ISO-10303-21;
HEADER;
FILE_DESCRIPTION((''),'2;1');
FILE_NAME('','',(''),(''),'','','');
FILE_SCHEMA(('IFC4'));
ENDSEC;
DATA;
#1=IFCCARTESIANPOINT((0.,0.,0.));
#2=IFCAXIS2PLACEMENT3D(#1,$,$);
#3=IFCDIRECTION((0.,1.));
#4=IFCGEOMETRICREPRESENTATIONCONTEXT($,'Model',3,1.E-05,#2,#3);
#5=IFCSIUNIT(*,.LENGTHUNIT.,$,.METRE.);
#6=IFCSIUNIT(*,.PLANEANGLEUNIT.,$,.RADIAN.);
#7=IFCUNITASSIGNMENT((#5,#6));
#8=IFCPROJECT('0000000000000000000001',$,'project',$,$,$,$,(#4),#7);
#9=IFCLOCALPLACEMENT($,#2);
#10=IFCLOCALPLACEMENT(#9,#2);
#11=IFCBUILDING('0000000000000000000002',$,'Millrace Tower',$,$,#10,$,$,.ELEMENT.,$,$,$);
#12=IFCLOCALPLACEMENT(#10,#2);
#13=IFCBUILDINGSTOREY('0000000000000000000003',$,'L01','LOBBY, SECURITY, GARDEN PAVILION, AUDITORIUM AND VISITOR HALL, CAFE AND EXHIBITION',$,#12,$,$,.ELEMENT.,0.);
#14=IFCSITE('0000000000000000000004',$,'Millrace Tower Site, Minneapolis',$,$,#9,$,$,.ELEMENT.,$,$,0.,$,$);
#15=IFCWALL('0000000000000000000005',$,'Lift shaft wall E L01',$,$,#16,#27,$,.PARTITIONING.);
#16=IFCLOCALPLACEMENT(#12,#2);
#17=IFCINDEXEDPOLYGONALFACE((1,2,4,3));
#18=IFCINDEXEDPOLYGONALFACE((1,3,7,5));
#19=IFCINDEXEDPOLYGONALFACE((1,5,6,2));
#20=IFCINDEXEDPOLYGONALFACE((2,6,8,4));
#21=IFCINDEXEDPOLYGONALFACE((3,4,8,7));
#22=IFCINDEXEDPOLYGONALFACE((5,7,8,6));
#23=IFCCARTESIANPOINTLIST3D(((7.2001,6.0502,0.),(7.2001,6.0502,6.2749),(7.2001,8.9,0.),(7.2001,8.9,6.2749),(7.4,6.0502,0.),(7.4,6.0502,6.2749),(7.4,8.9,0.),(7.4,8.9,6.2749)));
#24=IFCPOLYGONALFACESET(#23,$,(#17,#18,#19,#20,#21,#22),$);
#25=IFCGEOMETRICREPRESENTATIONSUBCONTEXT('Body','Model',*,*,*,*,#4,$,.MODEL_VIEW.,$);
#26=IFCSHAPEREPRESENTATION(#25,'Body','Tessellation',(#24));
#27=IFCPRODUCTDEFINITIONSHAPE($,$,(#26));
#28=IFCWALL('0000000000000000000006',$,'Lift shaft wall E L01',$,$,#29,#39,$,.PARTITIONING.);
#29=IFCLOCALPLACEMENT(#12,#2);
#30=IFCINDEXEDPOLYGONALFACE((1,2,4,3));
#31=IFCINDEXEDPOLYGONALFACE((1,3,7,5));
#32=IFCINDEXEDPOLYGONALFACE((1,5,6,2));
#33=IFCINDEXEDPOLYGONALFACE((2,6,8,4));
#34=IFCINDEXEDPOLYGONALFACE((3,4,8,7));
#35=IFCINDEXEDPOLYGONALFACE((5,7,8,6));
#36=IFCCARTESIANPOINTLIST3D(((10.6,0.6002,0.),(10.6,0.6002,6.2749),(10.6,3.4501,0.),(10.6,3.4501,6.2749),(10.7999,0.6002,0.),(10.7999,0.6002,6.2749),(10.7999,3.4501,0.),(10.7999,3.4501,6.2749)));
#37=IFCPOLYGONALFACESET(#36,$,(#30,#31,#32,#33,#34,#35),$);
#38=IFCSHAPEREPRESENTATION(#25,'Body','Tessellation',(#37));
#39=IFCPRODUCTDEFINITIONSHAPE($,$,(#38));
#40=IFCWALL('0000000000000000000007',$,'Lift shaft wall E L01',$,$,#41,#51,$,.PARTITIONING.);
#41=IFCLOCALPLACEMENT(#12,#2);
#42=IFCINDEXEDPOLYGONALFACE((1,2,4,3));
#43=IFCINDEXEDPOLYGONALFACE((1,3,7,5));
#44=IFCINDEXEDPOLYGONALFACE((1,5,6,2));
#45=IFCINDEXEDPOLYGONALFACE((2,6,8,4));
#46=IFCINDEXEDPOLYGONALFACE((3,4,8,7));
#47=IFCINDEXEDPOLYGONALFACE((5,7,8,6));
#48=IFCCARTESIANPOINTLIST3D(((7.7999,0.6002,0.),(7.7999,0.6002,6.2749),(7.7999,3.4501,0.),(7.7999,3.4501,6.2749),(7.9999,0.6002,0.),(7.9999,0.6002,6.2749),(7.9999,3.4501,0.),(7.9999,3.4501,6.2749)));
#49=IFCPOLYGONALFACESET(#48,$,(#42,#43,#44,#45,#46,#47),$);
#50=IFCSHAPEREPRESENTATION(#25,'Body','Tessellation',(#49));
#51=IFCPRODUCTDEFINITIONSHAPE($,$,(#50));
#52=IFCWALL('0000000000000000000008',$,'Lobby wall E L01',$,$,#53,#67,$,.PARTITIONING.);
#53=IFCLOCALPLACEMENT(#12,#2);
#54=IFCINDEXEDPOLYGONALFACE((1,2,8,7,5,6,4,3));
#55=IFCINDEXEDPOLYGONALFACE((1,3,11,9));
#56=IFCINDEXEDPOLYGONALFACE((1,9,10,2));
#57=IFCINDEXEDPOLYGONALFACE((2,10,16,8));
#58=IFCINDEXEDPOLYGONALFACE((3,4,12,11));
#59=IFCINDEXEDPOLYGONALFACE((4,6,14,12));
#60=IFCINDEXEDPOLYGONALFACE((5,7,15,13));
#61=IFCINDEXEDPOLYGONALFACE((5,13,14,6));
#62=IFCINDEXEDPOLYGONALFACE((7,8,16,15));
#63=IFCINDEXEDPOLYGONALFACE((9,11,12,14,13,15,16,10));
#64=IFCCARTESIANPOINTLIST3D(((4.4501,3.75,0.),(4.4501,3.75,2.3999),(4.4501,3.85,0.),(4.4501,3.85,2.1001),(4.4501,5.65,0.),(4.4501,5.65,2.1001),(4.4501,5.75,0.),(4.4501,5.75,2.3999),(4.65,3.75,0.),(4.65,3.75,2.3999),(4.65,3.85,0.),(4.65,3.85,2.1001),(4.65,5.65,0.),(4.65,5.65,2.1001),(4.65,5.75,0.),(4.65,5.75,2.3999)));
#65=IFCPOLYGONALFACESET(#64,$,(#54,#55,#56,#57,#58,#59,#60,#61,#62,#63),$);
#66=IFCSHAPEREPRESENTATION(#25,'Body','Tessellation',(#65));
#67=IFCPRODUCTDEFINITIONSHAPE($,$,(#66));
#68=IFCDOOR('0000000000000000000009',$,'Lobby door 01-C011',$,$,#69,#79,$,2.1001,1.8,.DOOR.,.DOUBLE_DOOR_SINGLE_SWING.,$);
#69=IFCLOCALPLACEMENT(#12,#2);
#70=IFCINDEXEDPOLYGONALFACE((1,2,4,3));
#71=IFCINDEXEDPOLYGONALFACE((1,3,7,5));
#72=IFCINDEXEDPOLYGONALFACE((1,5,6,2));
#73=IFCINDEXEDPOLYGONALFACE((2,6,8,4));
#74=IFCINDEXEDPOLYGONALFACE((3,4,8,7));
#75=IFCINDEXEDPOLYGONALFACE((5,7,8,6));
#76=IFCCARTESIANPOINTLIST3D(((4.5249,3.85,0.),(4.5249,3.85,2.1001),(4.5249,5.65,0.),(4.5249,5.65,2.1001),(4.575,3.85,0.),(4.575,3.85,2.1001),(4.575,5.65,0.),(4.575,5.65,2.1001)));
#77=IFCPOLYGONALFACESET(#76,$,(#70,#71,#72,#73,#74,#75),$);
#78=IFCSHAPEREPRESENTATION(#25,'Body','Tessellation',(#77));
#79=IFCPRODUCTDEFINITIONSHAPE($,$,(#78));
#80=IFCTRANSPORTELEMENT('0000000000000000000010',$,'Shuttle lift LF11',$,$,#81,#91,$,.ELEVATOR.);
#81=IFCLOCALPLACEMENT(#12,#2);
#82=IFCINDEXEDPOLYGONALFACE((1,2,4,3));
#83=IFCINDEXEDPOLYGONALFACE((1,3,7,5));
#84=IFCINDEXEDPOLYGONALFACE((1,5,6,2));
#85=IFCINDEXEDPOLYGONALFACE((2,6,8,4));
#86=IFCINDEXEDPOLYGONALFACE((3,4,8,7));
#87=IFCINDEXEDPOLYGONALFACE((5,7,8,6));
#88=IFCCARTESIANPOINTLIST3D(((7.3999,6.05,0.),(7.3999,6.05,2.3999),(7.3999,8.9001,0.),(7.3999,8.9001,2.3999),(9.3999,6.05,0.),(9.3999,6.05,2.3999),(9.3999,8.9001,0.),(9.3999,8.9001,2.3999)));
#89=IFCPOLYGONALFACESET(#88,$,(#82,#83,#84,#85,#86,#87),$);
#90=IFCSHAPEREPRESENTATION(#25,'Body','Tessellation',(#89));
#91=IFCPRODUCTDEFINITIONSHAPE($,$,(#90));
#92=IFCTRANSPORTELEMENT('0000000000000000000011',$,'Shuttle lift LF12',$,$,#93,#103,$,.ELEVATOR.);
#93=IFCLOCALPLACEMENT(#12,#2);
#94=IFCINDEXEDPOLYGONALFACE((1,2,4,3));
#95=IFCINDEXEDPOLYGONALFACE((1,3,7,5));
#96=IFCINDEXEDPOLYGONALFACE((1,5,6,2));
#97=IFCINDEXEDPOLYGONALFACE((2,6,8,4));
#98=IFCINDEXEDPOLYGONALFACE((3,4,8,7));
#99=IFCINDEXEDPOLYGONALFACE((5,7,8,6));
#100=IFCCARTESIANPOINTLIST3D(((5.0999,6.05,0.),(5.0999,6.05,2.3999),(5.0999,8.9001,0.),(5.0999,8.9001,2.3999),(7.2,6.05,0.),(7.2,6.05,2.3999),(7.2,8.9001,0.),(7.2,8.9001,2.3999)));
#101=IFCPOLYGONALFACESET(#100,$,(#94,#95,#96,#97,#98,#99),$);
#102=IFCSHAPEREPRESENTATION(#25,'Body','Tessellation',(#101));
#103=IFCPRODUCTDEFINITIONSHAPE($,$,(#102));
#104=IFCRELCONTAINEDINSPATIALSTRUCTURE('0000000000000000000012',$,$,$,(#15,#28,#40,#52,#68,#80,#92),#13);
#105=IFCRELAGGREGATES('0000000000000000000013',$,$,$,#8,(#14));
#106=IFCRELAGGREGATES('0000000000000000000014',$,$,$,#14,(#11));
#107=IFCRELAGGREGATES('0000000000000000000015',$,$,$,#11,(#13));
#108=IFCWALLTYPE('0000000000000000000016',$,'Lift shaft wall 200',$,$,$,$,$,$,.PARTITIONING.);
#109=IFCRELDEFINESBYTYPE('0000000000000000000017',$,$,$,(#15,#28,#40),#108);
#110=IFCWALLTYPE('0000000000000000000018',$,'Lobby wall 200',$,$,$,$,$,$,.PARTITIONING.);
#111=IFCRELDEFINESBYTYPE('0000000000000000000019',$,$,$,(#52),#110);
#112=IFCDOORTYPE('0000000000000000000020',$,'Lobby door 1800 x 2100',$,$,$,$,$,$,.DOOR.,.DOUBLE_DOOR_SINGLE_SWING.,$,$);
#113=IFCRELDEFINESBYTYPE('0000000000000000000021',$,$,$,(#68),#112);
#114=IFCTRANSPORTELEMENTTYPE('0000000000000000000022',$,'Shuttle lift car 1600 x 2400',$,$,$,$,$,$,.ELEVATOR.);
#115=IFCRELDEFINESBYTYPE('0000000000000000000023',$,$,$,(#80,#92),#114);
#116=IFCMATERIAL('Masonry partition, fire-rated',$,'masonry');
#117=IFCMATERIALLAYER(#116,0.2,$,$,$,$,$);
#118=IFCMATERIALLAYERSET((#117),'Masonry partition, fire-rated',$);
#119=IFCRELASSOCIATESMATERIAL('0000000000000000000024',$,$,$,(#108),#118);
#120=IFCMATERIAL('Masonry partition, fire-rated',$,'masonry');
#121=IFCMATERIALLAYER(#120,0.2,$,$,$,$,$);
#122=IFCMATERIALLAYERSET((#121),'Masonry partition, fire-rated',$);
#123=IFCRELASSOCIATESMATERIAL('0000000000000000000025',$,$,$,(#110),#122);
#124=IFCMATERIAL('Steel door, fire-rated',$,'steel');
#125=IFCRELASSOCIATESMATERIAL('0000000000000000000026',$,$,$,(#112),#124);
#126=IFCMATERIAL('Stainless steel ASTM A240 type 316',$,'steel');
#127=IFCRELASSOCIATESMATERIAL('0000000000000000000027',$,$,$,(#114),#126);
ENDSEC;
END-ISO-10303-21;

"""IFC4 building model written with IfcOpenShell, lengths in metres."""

from ifc_helpers import new_model, si_unit, direction, frame, frame_2d, origin, origin_2d, place, context, subcontext, project, spatial, rectangle, extrude, material, layer, layer_set, type_object, element, fill, save


model = new_model("IFC4")

# Units and contexts
model_context = context("Model", 3, precision=1e-05, world=origin(), true_north=direction((0.0, 1.0)))
body_context = subcontext(model_context, "Body", "Model", "MODEL_VIEW")
ifc_project = project(units=[si_unit("LENGTHUNIT", "METRE"), si_unit("PLANEANGLEUNIT", "RADIAN")], contexts=[model_context])

# Site, building, storey
site_placement = place(None, origin())
site = spatial("IfcSite", under=ifc_project, at=site_placement, Name="Millrace Tower Site, Minneapolis", CompositionType="ELEMENT", RefElevation=0.0)
building_placement = place(site_placement, origin())
building = spatial("IfcBuilding", under=site, at=building_placement, Name="Millrace Tower", CompositionType="ELEMENT")
storey_placement = place(building_placement, origin())
storey = spatial("IfcBuildingStorey", under=building, at=storey_placement, Name="L01", Description="LOBBY, SECURITY, GARDEN PAVILION, AUDITORIUM AND VISITOR HALL, CAFE AND EXHIBITION", CompositionType="ELEMENT", Elevation=0.0)

# Shared definitions
ifc_material_1 = material(Name="Masonry partition, fire-rated", Category="masonry")
ifc_layer_1 = layer(ifc_material_1, 0.2)
ifc_layer_set_1 = layer_set([ifc_layer_1], Name="Masonry partition, fire-rated")
wall_type_1 = type_object("IfcWallType", Name="Lift shaft wall 200", PredefinedType="PARTITIONING", material=ifc_layer_set_1)

# Walls
for number, where, z_axis, x_axis, name in (
    (1, (7.3, 8.8999, 0.0), (0.0, 0.0, 1.0), (0.0, -1.0, 0.0), "Lift shaft wall E L01"),
    (2, (10.7, 3.45, 0.0), (0.0, 0.0, 1.0), (0.0, -1.0, 0.0), "Lift shaft wall E L01"),
    (3, (7.8999, 3.45, 0.0), (0.0, 0.0, 1.0), (0.0, -1.0, 0.0), "Lift shaft wall E L01"),
):
    element("IfcWall", number, at=place(storey_placement, frame(where, z_axis=z_axis, x_axis=x_axis)), inside=storey, type_object=wall_type_1, Name=name, PredefinedType="PARTITIONING", context=body_context, shape_type="SweptSolid", body=[
        extrude(rectangle(XDim=2.8499, YDim=0.2, at=frame_2d((1.4248, 0.0))), origin(), (0.0, 0.0, 1.0), 6.2749),
    ])

# Wall, opening, door
ifc_material_2 = material(Name="Masonry partition, fire-rated", Category="masonry")
ifc_layer_2 = layer(ifc_material_2, 0.2)
ifc_layer_set_2 = layer_set([ifc_layer_2], Name="Masonry partition, fire-rated")
wall_type_2 = type_object("IfcWallType", Name="Lobby wall 200", PredefinedType="PARTITIONING", material=ifc_layer_set_2)
wall_1_placement = place(storey_placement, frame((4.55, 5.75, 0.0), z_axis=(0.0, 0.0, 1.0), x_axis=(0.0, -1.0, 0.0)))
wall_1 = element("IfcWall", 4, at=wall_1_placement, inside=storey, type_object=wall_type_2, Name="Lobby wall E L01", PredefinedType="PARTITIONING", context=body_context, shape_type="SweptSolid", body=[
    extrude(rectangle(XDim=2.0, YDim=0.2, at=frame_2d((1.0, 0.0))), origin(), (0.0, 0.0, 1.0), 2.3999),
])
opening_1_placement = place(wall_1_placement, frame((0.1001, 0.0, 0.0)))
opening_1 = element("IfcOpeningElement", 5, at=opening_1_placement, cuts=wall_1, PredefinedType="OPENING", context=body_context, shape_type="SweptSolid", body=[
    extrude(rectangle(XDim=1.8, YDim=2.1001, at=frame_2d((0.8999, 1.05))), frame((0.0, 0.1099, 0.0), z_axis=(0.0, -1.0, 0.0), x_axis=(1.0, 0.0, 0.0)), (0.0, 0.0, 1.0), 0.22),
])
ifc_material_3 = material(Name="Steel door, fire-rated", Category="steel")
door_type_1 = type_object("IfcDoorType", Name="Lobby door 1800 x 2100", OperationType="DOUBLE_DOOR_SINGLE_SWING", PredefinedType="DOOR", material=ifc_material_3)
door_1_placement = place(opening_1_placement, origin())
door_1 = element("IfcDoor", 6, at=door_1_placement, inside=storey, type_object=door_type_1, Name="Lobby door 01-C011", OperationType="DOUBLE_DOOR_SINGLE_SWING", OverallHeight=2.1001, OverallWidth=1.8, PredefinedType="DOOR", context=body_context, shape_type="SweptSolid", body=[
    extrude(rectangle(XDim=1.8, YDim=2.1001, at=frame_2d((0.8999, 1.05))), frame((0.0, 0.0249, 0.0), z_axis=(0.0, -1.0, 0.0), x_axis=(1.0, 0.0, 0.0)), (0.0, 0.0, 1.0), 0.05),
])
fill(opening_1, door_1)

# Transport elements
ifc_material_4 = material(Name="Stainless steel ASTM A240 type 316", Category="steel")
transport_element_type = type_object("IfcTransportElementType", Name="Shuttle lift car 1600 x 2400", PredefinedType="ELEVATOR", material=ifc_material_4)
transport_element_1_placement = place(storey_placement, frame((8.3999, 7.4751, 0.0), z_axis=(0.0, 0.0, 1.0), x_axis=(1.0, 0.0, 0.0)))
element("IfcTransportElement", 7, at=transport_element_1_placement, inside=storey, type_object=transport_element_type, Name="Shuttle lift LF11", PredefinedType="ELEVATOR", context=body_context, shape_type="SweptSolid", body=[
    extrude(rectangle(XDim=2.0, YDim=2.8501, at=origin_2d()), origin(), (0.0, 0.0, 1.0), 2.3999),
])
transport_element_2_placement = place(storey_placement, frame((6.1499, 7.4751, 0.0), z_axis=(0.0, 0.0, 1.0), x_axis=(1.0, 0.0, 0.0)))
element("IfcTransportElement", 8, at=transport_element_2_placement, inside=storey, type_object=transport_element_type, Name="Shuttle lift LF12", PredefinedType="ELEVATOR", context=body_context, shape_type="SweptSolid", body=[
    extrude(rectangle(XDim=2.1001, YDim=2.8501, at=origin_2d()), origin(), (0.0, 0.0, 1.0), 2.3999),
])

save(model, "model.ifc")
